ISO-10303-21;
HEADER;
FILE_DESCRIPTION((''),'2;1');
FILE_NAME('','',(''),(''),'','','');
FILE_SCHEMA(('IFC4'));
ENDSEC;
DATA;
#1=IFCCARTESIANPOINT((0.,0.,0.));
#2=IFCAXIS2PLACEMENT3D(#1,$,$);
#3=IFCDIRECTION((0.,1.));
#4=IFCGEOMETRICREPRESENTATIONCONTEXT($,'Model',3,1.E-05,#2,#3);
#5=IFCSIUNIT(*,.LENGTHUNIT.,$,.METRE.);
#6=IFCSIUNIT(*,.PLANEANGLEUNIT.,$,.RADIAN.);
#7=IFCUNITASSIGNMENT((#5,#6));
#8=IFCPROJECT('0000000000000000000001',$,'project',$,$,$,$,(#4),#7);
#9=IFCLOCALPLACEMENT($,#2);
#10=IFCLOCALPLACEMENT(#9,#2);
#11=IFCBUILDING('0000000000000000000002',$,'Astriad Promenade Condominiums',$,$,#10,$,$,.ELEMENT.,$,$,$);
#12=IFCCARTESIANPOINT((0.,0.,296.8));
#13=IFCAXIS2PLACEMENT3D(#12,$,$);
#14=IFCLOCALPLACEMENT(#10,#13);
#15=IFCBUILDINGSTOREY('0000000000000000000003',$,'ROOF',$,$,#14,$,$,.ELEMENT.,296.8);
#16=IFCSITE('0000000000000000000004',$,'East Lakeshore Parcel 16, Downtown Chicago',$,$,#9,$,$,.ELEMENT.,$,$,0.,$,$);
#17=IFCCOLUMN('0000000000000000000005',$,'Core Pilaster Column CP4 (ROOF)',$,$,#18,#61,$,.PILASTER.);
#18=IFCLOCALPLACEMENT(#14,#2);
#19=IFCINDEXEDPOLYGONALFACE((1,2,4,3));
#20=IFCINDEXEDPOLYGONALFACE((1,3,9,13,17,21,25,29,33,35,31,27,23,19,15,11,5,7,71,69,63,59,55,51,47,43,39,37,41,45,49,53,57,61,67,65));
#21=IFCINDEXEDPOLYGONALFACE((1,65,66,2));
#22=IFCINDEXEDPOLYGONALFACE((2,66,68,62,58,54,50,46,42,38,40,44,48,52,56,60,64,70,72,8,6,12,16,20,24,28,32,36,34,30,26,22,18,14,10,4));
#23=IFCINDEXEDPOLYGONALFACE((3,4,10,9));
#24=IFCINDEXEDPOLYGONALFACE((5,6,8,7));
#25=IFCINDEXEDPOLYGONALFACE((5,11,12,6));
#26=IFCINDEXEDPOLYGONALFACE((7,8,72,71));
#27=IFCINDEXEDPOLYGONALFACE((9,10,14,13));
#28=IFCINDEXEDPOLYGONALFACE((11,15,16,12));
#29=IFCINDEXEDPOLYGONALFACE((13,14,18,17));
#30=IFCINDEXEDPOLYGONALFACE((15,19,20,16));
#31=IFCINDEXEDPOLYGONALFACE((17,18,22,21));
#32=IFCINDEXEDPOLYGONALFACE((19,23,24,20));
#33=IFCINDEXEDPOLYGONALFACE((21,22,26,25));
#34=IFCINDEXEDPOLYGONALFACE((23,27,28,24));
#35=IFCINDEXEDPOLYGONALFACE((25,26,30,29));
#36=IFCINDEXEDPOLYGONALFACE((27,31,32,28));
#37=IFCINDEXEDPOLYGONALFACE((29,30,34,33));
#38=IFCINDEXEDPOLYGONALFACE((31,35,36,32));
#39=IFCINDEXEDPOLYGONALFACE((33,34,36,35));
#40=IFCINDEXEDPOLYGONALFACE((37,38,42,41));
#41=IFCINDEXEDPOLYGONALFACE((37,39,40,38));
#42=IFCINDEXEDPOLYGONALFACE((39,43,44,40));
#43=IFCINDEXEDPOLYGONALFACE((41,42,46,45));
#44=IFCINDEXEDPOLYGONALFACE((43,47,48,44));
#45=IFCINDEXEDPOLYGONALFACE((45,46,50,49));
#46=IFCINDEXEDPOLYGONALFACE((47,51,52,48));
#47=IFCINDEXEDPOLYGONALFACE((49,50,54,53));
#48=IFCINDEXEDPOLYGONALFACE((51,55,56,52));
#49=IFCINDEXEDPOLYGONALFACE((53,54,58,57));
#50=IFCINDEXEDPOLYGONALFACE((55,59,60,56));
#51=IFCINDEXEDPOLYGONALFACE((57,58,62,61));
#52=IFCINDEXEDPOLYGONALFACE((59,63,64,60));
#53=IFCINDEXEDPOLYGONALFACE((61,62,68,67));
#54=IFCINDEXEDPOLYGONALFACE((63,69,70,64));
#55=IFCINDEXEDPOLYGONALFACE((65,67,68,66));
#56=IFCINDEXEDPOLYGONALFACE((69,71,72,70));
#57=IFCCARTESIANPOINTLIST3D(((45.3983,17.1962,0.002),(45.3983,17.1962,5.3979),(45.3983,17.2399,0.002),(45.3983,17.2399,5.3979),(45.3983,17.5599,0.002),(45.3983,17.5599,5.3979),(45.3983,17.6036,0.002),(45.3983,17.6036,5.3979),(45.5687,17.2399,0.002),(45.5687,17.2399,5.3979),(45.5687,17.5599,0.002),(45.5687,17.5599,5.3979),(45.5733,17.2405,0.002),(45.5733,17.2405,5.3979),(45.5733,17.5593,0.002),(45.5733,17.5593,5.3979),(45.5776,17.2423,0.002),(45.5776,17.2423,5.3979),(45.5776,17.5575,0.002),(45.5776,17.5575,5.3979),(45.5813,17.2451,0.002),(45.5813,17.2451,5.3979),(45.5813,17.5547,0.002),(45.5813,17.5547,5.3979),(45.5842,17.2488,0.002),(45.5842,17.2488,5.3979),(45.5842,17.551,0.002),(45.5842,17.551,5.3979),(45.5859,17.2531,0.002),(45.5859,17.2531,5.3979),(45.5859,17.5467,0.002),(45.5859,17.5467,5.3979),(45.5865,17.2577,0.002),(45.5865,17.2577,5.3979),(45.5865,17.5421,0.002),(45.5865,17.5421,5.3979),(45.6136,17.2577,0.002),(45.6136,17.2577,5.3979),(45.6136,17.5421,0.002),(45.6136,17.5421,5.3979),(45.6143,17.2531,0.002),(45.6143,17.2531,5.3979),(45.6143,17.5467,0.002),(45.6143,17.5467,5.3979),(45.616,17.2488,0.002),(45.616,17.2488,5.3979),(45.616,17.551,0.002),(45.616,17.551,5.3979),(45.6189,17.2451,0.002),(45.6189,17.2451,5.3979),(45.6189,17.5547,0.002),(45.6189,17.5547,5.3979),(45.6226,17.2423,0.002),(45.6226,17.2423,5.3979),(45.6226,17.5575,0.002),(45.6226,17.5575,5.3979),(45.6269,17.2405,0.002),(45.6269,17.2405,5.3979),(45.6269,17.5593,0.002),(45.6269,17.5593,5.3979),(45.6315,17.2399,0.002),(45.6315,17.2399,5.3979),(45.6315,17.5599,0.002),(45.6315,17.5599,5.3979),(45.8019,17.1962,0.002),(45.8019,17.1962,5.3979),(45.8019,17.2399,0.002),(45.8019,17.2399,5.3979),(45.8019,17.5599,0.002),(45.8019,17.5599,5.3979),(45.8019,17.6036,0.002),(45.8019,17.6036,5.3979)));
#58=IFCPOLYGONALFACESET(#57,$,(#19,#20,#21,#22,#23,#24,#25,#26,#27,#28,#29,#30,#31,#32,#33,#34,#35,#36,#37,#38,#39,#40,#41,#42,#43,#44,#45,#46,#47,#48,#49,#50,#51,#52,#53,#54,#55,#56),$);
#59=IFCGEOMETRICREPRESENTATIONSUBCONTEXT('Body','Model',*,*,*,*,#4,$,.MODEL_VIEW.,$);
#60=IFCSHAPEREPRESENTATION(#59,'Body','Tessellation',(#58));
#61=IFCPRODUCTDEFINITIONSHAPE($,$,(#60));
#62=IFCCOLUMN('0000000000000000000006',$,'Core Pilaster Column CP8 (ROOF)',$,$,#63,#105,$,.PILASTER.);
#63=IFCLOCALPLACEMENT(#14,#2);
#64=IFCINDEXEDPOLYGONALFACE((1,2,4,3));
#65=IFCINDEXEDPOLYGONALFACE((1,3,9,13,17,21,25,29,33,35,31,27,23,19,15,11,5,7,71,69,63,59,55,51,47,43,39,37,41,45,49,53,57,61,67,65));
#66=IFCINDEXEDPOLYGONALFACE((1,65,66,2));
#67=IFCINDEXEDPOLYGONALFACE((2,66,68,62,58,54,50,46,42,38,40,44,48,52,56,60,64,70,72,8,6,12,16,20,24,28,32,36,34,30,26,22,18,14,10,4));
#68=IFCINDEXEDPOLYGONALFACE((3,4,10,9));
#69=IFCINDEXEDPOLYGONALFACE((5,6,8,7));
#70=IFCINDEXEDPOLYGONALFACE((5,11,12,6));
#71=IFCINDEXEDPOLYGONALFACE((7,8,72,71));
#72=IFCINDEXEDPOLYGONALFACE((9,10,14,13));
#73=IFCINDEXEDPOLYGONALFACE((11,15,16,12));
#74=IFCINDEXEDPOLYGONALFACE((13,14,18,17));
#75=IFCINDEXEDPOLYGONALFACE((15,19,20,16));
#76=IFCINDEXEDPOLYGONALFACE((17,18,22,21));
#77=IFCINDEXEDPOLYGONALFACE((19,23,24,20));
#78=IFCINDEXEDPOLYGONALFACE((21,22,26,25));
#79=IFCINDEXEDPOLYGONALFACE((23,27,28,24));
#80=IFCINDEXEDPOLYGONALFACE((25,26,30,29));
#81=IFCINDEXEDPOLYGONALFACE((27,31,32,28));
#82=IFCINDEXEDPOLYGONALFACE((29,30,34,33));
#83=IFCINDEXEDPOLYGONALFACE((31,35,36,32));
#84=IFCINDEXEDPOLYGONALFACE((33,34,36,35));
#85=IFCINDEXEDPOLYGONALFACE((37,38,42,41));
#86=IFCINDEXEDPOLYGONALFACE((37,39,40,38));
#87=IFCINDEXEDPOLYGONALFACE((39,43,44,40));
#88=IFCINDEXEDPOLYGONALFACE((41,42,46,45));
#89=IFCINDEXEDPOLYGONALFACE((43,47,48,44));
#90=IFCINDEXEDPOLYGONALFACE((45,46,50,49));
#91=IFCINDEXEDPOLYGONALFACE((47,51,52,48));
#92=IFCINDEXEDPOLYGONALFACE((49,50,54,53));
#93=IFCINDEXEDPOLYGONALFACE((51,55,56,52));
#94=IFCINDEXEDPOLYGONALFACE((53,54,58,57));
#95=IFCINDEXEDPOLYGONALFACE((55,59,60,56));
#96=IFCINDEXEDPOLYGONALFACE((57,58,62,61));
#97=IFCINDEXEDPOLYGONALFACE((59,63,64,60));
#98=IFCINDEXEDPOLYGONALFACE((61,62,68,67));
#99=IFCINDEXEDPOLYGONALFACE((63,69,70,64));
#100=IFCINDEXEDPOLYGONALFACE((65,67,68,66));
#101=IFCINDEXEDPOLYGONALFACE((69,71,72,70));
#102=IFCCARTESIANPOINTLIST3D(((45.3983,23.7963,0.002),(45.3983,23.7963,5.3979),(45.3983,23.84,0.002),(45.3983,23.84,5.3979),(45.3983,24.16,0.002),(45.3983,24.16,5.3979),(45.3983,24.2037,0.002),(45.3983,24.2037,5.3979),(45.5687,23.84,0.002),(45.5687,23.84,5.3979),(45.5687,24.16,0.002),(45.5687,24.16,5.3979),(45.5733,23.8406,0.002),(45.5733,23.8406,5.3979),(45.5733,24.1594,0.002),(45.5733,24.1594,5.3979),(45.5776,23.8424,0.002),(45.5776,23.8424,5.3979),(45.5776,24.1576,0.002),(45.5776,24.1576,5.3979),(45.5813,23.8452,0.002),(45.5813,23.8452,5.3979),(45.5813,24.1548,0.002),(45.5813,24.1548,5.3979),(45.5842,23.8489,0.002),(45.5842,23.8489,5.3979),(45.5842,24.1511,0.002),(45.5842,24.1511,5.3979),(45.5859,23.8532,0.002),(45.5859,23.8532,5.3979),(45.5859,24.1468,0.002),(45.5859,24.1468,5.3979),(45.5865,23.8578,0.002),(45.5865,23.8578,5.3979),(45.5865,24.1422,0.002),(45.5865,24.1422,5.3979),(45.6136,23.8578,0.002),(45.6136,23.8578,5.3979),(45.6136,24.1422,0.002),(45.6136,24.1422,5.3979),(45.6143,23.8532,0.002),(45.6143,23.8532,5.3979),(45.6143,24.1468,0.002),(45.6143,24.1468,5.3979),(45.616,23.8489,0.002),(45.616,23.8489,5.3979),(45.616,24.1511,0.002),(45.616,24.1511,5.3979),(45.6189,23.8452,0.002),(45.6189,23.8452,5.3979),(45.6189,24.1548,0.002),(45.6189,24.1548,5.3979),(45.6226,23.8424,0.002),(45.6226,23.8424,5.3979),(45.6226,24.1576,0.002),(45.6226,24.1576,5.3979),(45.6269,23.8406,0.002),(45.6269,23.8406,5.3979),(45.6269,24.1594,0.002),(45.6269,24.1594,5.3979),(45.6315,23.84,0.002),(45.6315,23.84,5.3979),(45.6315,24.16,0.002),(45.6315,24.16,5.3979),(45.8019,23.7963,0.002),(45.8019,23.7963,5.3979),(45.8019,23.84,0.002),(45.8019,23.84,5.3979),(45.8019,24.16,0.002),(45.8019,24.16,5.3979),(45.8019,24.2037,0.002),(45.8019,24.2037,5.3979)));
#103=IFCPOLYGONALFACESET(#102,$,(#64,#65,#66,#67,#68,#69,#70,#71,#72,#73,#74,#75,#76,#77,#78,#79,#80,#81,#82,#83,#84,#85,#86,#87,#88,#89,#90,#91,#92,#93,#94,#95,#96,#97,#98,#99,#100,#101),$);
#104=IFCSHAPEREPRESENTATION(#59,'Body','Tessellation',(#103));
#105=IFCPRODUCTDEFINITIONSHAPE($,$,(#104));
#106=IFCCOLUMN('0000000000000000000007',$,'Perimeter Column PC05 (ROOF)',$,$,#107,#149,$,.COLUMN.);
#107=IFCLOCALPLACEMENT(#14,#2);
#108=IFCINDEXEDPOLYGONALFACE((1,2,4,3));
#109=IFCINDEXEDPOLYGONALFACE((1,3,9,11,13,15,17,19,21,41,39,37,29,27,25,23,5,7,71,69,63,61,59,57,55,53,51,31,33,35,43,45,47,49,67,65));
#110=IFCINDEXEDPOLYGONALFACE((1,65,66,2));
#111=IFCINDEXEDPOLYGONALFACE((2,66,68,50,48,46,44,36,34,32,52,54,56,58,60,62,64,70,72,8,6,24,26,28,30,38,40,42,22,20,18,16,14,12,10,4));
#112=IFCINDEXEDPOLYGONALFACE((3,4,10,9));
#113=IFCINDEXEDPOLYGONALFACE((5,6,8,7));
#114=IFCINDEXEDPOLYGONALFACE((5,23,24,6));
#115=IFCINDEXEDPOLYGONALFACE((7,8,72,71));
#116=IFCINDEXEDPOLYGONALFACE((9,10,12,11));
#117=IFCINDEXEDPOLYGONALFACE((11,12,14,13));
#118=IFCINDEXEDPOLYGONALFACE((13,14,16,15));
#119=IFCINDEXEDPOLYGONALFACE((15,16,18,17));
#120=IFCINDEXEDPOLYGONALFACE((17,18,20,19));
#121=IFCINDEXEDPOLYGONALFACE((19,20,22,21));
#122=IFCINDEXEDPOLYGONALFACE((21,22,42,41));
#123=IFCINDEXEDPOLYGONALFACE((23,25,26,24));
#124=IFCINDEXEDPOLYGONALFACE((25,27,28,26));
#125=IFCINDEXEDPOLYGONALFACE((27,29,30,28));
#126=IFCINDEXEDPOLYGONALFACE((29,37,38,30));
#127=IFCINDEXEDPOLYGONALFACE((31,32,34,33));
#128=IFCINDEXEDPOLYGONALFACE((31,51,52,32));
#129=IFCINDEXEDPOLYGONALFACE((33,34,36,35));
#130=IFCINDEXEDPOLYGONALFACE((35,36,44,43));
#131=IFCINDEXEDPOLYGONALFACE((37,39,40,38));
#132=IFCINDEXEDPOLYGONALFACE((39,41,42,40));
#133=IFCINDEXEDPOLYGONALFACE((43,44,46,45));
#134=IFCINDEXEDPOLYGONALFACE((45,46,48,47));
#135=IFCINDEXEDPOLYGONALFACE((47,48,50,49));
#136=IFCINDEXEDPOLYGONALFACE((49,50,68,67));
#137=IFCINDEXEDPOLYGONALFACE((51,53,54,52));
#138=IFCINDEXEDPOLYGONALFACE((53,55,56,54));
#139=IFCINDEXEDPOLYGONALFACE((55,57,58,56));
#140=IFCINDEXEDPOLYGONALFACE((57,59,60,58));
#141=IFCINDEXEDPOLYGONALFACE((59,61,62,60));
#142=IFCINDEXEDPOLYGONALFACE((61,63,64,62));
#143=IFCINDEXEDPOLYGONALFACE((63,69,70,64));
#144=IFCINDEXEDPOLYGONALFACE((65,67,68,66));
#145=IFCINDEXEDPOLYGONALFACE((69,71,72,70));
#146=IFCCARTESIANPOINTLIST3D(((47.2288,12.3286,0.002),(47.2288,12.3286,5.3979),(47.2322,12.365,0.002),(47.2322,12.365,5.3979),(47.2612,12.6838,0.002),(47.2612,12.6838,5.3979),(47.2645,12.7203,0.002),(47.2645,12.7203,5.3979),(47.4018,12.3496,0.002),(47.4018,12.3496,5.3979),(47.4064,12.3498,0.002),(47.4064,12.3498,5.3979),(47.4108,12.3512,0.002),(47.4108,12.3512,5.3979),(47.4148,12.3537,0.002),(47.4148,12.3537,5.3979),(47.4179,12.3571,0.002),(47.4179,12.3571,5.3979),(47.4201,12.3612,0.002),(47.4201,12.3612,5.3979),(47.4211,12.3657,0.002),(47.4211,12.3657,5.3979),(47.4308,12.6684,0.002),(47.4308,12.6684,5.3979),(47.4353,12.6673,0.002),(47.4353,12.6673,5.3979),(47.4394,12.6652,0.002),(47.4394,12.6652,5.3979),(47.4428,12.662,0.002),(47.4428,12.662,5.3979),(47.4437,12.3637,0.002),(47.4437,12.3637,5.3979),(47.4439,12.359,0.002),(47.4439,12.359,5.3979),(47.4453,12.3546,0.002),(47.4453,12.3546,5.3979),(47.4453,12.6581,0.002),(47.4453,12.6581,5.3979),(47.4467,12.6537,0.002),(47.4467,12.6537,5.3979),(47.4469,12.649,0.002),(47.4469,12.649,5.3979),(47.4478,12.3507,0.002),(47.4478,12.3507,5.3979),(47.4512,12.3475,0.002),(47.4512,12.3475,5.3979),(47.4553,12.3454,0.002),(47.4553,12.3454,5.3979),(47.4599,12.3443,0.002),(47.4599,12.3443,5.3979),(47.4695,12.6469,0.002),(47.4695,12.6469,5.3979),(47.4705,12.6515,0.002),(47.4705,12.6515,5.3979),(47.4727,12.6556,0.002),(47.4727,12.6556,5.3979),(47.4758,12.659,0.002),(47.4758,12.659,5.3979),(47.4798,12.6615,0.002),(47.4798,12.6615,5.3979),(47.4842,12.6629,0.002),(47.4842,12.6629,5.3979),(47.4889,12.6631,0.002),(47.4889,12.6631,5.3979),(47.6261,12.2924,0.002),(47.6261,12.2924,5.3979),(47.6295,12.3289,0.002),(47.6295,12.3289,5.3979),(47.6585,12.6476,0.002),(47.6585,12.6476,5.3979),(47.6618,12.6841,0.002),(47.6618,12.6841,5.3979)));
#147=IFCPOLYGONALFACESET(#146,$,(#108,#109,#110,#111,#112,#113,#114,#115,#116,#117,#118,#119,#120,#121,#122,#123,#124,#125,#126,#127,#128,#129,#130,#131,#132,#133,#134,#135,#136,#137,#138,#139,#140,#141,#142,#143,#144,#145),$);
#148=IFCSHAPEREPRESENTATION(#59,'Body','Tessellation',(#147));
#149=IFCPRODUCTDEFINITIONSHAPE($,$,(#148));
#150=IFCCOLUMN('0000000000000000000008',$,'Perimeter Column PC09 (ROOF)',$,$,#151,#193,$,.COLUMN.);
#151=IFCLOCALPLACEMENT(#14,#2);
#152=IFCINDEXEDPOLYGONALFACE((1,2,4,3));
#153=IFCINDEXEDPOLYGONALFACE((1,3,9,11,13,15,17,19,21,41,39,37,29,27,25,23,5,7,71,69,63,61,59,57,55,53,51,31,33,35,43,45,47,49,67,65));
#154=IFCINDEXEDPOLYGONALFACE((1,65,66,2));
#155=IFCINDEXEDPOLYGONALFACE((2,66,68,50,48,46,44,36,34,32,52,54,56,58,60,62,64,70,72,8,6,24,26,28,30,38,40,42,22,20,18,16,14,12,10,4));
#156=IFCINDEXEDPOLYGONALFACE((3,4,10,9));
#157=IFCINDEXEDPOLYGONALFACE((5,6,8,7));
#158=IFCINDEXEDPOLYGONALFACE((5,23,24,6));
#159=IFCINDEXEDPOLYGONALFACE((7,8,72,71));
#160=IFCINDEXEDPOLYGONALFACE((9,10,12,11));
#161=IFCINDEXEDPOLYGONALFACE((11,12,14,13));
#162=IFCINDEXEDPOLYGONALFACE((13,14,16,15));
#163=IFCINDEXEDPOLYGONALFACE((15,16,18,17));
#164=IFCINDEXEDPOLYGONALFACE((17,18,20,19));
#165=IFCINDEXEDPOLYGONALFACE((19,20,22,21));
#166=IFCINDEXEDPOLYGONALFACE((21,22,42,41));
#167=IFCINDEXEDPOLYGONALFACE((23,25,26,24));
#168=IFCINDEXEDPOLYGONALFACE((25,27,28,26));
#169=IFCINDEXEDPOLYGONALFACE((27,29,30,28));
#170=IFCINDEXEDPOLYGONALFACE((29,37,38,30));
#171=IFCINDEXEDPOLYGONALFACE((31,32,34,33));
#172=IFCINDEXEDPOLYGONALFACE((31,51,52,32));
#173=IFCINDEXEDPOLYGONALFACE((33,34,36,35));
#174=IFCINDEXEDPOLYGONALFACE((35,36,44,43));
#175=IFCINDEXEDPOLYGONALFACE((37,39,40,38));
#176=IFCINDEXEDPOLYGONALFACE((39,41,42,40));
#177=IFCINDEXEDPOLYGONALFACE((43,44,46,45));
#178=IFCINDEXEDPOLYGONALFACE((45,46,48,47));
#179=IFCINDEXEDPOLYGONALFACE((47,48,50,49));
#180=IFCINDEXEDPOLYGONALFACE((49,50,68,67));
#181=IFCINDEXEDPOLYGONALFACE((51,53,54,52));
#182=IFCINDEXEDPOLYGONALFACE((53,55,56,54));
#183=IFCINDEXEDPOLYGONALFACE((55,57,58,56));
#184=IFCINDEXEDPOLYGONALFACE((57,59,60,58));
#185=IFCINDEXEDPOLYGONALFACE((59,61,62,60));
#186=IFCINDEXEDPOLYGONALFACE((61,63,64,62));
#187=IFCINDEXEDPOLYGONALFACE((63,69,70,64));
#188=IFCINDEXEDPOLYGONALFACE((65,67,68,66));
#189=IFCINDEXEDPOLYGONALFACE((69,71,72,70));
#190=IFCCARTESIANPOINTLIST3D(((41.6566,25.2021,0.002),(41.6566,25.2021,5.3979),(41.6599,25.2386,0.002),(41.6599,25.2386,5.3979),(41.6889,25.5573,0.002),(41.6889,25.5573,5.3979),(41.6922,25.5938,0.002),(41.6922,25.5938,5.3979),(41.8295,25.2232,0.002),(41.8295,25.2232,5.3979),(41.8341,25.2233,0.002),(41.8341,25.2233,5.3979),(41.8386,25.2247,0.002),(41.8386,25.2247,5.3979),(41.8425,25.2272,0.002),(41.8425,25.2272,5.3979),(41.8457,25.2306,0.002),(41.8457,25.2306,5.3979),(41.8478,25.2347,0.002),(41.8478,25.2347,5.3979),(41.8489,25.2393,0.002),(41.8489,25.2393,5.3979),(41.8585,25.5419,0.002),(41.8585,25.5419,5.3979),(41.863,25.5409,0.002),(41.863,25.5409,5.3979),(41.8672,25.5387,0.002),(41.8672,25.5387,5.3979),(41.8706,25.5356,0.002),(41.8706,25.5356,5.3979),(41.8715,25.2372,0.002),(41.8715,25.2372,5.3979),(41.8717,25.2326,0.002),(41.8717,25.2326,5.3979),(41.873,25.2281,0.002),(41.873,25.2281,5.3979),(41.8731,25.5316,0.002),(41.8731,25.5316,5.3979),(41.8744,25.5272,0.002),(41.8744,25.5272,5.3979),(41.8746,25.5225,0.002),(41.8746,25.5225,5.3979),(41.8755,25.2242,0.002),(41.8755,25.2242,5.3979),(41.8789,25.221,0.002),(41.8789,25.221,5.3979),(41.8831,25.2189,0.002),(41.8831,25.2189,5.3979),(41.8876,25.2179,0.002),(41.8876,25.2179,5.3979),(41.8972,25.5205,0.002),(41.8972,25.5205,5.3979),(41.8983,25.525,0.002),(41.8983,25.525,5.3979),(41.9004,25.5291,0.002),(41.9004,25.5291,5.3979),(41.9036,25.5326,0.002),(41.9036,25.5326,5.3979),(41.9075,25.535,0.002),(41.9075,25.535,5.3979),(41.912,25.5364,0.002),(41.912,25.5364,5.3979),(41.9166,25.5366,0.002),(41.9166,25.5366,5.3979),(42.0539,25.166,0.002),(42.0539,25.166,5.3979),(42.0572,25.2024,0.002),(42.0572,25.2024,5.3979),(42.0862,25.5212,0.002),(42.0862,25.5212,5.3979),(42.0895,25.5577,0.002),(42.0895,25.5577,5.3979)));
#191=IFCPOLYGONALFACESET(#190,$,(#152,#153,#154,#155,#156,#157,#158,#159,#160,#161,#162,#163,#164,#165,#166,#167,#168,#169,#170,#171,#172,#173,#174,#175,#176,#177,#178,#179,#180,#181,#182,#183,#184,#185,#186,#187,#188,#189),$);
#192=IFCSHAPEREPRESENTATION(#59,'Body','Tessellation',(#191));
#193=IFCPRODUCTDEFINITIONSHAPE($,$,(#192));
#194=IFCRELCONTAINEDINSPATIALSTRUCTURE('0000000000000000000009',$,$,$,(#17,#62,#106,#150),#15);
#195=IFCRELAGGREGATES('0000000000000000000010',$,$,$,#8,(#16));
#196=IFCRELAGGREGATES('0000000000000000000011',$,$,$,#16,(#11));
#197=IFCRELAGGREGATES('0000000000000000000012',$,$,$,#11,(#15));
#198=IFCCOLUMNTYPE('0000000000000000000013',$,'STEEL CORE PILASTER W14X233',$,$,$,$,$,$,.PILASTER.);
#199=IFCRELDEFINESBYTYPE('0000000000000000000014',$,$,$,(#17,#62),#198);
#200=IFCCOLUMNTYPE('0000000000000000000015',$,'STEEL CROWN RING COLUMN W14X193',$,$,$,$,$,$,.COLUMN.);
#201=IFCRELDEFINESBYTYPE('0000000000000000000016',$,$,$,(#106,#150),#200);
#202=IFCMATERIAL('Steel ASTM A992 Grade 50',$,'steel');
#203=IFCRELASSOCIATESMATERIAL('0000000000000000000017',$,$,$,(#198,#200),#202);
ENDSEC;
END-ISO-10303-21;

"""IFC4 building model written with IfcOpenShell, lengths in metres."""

from ifc_helpers import new_model, si_unit, direction, frame, origin, origin_2d, place, context, subcontext, project, spatial, i_section, extrude, source, transform, mapped, material, material_profile, profile_set, type_object, type_shapes, element, save


model = new_model("IFC4")

# Units and contexts
model_context = context("Model", 3, precision=1e-05, world=origin(), true_north=direction((0.0, 1.0)))
body_context = subcontext(model_context, "Body", "Model", "MODEL_VIEW")
ifc_project = project(units=[si_unit("LENGTHUNIT", "METRE"), si_unit("PLANEANGLEUNIT", "RADIAN")], contexts=[model_context])

# Site, building, storey
site_placement = place(None, origin())
site = spatial("IfcSite", under=ifc_project, at=site_placement, Name="East Lakeshore Parcel 16, Downtown Chicago", CompositionType="ELEMENT", RefElevation=0.0)
building_placement = place(site_placement, origin())
building = spatial("IfcBuilding", under=site, at=building_placement, Name="Astriad Promenade Condominiums", CompositionType="ELEMENT")
storey_placement = place(building_placement, frame((0.0, 0.0, 296.8)))
storey = spatial("IfcBuildingStorey", under=building, at=storey_placement, Name="ROOF", CompositionType="ELEMENT", Elevation=296.8)

# Columns
ifc_material_1 = material(Name="Steel ASTM A992 Grade 50", Category="steel")
ifc_material_profile_1 = material_profile(ifc_material_1, i_section(OverallWidth=0.4036, OverallDepth=0.4075, WebThickness=0.0271, FlangeThickness=0.0437, FilletRadius=0.0178, at=origin_2d()), Name="W14X233")
ifc_profile_set_1 = profile_set([ifc_material_profile_1], Name="Steel ASTM A992 Grade 50")
column_type_1 = type_object("IfcColumnType", Name="STEEL CORE PILASTER W14X233", PredefinedType="PILASTER", material=ifc_profile_set_1)
shared_shape_1 = source(origin(), body_context, "Body", "SweptSolid", [
    extrude(i_section(OverallWidth=0.4036, OverallDepth=0.4075, WebThickness=0.0271, FlangeThickness=0.0437, FilletRadius=0.0178, at=origin_2d()), origin(), (0.0, 0.0, 1.0), 5.396),
])
type_shapes(column_type_1, [shared_shape_1])
for number, where, z_axis, x_axis, name in (
    (1, (45.6001, 17.3999, 0.002), (0.0, 0.0, 1.0), (1.0, 0.0, 0.0), "Core Pilaster Column CP4 (ROOF)"),
    (2, (45.6001, 24.0, 0.002), (0.0, 0.0, 1.0), (1.0, 0.0, 0.0), "Core Pilaster Column CP8 (ROOF)"),
):
    element("IfcColumn", number, at=place(storey_placement, frame(where, z_axis=z_axis, x_axis=x_axis)), inside=storey, type_object=column_type_1, Name=name, PredefinedType="PILASTER", context=body_context, shape_type="MappedRepresentation", body=[
        mapped(shared_shape_1, transform((0.0, 0.0, 0.0), scale=1.0)),
    ])
ifc_material_profile_2 = material_profile(ifc_material_1, i_section(OverallWidth=0.3989, OverallDepth=0.3933, WebThickness=0.0227, FlangeThickness=0.0366, FilletRadius=0.0178, at=origin_2d()), Name="W14X193")
ifc_profile_set_2 = profile_set([ifc_material_profile_2], Name="Steel ASTM A992 Grade 50")
column_type_2 = type_object("IfcColumnType", Name="STEEL CROWN RING COLUMN W14X193", PredefinedType="COLUMN", material=ifc_profile_set_2)
shared_shape_2 = source(origin(), body_context, "Body", "SweptSolid", [
    extrude(i_section(OverallWidth=0.3989, OverallDepth=0.3933, WebThickness=0.0227, FlangeThickness=0.0366, FilletRadius=0.0178, at=origin_2d()), origin(), (0.0, 0.0, 1.0), 5.396),
])
type_shapes(column_type_2, [shared_shape_2])
for number, where, z_axis, x_axis, name in (
    (3, (47.4453, 12.5063, 0.002), (0.0, 0.0, 1.0), (0.995884, -0.090633, 0.0), "Perimeter Column PC05 (ROOF)"),
    (4, (41.873, 25.3799, 0.002), (0.0, 0.0, 1.0), (0.995884, -0.090633, 0.0), "Perimeter Column PC09 (ROOF)"),
):
    element("IfcColumn", number, at=place(storey_placement, frame(where, z_axis=z_axis, x_axis=x_axis)), inside=storey, type_object=column_type_2, Name=name, PredefinedType="COLUMN", context=body_context, shape_type="MappedRepresentation", body=[
        mapped(shared_shape_2, transform((0.0, 0.0, 0.0), scale=1.0)),
    ])

save(model, "model.ifc")
